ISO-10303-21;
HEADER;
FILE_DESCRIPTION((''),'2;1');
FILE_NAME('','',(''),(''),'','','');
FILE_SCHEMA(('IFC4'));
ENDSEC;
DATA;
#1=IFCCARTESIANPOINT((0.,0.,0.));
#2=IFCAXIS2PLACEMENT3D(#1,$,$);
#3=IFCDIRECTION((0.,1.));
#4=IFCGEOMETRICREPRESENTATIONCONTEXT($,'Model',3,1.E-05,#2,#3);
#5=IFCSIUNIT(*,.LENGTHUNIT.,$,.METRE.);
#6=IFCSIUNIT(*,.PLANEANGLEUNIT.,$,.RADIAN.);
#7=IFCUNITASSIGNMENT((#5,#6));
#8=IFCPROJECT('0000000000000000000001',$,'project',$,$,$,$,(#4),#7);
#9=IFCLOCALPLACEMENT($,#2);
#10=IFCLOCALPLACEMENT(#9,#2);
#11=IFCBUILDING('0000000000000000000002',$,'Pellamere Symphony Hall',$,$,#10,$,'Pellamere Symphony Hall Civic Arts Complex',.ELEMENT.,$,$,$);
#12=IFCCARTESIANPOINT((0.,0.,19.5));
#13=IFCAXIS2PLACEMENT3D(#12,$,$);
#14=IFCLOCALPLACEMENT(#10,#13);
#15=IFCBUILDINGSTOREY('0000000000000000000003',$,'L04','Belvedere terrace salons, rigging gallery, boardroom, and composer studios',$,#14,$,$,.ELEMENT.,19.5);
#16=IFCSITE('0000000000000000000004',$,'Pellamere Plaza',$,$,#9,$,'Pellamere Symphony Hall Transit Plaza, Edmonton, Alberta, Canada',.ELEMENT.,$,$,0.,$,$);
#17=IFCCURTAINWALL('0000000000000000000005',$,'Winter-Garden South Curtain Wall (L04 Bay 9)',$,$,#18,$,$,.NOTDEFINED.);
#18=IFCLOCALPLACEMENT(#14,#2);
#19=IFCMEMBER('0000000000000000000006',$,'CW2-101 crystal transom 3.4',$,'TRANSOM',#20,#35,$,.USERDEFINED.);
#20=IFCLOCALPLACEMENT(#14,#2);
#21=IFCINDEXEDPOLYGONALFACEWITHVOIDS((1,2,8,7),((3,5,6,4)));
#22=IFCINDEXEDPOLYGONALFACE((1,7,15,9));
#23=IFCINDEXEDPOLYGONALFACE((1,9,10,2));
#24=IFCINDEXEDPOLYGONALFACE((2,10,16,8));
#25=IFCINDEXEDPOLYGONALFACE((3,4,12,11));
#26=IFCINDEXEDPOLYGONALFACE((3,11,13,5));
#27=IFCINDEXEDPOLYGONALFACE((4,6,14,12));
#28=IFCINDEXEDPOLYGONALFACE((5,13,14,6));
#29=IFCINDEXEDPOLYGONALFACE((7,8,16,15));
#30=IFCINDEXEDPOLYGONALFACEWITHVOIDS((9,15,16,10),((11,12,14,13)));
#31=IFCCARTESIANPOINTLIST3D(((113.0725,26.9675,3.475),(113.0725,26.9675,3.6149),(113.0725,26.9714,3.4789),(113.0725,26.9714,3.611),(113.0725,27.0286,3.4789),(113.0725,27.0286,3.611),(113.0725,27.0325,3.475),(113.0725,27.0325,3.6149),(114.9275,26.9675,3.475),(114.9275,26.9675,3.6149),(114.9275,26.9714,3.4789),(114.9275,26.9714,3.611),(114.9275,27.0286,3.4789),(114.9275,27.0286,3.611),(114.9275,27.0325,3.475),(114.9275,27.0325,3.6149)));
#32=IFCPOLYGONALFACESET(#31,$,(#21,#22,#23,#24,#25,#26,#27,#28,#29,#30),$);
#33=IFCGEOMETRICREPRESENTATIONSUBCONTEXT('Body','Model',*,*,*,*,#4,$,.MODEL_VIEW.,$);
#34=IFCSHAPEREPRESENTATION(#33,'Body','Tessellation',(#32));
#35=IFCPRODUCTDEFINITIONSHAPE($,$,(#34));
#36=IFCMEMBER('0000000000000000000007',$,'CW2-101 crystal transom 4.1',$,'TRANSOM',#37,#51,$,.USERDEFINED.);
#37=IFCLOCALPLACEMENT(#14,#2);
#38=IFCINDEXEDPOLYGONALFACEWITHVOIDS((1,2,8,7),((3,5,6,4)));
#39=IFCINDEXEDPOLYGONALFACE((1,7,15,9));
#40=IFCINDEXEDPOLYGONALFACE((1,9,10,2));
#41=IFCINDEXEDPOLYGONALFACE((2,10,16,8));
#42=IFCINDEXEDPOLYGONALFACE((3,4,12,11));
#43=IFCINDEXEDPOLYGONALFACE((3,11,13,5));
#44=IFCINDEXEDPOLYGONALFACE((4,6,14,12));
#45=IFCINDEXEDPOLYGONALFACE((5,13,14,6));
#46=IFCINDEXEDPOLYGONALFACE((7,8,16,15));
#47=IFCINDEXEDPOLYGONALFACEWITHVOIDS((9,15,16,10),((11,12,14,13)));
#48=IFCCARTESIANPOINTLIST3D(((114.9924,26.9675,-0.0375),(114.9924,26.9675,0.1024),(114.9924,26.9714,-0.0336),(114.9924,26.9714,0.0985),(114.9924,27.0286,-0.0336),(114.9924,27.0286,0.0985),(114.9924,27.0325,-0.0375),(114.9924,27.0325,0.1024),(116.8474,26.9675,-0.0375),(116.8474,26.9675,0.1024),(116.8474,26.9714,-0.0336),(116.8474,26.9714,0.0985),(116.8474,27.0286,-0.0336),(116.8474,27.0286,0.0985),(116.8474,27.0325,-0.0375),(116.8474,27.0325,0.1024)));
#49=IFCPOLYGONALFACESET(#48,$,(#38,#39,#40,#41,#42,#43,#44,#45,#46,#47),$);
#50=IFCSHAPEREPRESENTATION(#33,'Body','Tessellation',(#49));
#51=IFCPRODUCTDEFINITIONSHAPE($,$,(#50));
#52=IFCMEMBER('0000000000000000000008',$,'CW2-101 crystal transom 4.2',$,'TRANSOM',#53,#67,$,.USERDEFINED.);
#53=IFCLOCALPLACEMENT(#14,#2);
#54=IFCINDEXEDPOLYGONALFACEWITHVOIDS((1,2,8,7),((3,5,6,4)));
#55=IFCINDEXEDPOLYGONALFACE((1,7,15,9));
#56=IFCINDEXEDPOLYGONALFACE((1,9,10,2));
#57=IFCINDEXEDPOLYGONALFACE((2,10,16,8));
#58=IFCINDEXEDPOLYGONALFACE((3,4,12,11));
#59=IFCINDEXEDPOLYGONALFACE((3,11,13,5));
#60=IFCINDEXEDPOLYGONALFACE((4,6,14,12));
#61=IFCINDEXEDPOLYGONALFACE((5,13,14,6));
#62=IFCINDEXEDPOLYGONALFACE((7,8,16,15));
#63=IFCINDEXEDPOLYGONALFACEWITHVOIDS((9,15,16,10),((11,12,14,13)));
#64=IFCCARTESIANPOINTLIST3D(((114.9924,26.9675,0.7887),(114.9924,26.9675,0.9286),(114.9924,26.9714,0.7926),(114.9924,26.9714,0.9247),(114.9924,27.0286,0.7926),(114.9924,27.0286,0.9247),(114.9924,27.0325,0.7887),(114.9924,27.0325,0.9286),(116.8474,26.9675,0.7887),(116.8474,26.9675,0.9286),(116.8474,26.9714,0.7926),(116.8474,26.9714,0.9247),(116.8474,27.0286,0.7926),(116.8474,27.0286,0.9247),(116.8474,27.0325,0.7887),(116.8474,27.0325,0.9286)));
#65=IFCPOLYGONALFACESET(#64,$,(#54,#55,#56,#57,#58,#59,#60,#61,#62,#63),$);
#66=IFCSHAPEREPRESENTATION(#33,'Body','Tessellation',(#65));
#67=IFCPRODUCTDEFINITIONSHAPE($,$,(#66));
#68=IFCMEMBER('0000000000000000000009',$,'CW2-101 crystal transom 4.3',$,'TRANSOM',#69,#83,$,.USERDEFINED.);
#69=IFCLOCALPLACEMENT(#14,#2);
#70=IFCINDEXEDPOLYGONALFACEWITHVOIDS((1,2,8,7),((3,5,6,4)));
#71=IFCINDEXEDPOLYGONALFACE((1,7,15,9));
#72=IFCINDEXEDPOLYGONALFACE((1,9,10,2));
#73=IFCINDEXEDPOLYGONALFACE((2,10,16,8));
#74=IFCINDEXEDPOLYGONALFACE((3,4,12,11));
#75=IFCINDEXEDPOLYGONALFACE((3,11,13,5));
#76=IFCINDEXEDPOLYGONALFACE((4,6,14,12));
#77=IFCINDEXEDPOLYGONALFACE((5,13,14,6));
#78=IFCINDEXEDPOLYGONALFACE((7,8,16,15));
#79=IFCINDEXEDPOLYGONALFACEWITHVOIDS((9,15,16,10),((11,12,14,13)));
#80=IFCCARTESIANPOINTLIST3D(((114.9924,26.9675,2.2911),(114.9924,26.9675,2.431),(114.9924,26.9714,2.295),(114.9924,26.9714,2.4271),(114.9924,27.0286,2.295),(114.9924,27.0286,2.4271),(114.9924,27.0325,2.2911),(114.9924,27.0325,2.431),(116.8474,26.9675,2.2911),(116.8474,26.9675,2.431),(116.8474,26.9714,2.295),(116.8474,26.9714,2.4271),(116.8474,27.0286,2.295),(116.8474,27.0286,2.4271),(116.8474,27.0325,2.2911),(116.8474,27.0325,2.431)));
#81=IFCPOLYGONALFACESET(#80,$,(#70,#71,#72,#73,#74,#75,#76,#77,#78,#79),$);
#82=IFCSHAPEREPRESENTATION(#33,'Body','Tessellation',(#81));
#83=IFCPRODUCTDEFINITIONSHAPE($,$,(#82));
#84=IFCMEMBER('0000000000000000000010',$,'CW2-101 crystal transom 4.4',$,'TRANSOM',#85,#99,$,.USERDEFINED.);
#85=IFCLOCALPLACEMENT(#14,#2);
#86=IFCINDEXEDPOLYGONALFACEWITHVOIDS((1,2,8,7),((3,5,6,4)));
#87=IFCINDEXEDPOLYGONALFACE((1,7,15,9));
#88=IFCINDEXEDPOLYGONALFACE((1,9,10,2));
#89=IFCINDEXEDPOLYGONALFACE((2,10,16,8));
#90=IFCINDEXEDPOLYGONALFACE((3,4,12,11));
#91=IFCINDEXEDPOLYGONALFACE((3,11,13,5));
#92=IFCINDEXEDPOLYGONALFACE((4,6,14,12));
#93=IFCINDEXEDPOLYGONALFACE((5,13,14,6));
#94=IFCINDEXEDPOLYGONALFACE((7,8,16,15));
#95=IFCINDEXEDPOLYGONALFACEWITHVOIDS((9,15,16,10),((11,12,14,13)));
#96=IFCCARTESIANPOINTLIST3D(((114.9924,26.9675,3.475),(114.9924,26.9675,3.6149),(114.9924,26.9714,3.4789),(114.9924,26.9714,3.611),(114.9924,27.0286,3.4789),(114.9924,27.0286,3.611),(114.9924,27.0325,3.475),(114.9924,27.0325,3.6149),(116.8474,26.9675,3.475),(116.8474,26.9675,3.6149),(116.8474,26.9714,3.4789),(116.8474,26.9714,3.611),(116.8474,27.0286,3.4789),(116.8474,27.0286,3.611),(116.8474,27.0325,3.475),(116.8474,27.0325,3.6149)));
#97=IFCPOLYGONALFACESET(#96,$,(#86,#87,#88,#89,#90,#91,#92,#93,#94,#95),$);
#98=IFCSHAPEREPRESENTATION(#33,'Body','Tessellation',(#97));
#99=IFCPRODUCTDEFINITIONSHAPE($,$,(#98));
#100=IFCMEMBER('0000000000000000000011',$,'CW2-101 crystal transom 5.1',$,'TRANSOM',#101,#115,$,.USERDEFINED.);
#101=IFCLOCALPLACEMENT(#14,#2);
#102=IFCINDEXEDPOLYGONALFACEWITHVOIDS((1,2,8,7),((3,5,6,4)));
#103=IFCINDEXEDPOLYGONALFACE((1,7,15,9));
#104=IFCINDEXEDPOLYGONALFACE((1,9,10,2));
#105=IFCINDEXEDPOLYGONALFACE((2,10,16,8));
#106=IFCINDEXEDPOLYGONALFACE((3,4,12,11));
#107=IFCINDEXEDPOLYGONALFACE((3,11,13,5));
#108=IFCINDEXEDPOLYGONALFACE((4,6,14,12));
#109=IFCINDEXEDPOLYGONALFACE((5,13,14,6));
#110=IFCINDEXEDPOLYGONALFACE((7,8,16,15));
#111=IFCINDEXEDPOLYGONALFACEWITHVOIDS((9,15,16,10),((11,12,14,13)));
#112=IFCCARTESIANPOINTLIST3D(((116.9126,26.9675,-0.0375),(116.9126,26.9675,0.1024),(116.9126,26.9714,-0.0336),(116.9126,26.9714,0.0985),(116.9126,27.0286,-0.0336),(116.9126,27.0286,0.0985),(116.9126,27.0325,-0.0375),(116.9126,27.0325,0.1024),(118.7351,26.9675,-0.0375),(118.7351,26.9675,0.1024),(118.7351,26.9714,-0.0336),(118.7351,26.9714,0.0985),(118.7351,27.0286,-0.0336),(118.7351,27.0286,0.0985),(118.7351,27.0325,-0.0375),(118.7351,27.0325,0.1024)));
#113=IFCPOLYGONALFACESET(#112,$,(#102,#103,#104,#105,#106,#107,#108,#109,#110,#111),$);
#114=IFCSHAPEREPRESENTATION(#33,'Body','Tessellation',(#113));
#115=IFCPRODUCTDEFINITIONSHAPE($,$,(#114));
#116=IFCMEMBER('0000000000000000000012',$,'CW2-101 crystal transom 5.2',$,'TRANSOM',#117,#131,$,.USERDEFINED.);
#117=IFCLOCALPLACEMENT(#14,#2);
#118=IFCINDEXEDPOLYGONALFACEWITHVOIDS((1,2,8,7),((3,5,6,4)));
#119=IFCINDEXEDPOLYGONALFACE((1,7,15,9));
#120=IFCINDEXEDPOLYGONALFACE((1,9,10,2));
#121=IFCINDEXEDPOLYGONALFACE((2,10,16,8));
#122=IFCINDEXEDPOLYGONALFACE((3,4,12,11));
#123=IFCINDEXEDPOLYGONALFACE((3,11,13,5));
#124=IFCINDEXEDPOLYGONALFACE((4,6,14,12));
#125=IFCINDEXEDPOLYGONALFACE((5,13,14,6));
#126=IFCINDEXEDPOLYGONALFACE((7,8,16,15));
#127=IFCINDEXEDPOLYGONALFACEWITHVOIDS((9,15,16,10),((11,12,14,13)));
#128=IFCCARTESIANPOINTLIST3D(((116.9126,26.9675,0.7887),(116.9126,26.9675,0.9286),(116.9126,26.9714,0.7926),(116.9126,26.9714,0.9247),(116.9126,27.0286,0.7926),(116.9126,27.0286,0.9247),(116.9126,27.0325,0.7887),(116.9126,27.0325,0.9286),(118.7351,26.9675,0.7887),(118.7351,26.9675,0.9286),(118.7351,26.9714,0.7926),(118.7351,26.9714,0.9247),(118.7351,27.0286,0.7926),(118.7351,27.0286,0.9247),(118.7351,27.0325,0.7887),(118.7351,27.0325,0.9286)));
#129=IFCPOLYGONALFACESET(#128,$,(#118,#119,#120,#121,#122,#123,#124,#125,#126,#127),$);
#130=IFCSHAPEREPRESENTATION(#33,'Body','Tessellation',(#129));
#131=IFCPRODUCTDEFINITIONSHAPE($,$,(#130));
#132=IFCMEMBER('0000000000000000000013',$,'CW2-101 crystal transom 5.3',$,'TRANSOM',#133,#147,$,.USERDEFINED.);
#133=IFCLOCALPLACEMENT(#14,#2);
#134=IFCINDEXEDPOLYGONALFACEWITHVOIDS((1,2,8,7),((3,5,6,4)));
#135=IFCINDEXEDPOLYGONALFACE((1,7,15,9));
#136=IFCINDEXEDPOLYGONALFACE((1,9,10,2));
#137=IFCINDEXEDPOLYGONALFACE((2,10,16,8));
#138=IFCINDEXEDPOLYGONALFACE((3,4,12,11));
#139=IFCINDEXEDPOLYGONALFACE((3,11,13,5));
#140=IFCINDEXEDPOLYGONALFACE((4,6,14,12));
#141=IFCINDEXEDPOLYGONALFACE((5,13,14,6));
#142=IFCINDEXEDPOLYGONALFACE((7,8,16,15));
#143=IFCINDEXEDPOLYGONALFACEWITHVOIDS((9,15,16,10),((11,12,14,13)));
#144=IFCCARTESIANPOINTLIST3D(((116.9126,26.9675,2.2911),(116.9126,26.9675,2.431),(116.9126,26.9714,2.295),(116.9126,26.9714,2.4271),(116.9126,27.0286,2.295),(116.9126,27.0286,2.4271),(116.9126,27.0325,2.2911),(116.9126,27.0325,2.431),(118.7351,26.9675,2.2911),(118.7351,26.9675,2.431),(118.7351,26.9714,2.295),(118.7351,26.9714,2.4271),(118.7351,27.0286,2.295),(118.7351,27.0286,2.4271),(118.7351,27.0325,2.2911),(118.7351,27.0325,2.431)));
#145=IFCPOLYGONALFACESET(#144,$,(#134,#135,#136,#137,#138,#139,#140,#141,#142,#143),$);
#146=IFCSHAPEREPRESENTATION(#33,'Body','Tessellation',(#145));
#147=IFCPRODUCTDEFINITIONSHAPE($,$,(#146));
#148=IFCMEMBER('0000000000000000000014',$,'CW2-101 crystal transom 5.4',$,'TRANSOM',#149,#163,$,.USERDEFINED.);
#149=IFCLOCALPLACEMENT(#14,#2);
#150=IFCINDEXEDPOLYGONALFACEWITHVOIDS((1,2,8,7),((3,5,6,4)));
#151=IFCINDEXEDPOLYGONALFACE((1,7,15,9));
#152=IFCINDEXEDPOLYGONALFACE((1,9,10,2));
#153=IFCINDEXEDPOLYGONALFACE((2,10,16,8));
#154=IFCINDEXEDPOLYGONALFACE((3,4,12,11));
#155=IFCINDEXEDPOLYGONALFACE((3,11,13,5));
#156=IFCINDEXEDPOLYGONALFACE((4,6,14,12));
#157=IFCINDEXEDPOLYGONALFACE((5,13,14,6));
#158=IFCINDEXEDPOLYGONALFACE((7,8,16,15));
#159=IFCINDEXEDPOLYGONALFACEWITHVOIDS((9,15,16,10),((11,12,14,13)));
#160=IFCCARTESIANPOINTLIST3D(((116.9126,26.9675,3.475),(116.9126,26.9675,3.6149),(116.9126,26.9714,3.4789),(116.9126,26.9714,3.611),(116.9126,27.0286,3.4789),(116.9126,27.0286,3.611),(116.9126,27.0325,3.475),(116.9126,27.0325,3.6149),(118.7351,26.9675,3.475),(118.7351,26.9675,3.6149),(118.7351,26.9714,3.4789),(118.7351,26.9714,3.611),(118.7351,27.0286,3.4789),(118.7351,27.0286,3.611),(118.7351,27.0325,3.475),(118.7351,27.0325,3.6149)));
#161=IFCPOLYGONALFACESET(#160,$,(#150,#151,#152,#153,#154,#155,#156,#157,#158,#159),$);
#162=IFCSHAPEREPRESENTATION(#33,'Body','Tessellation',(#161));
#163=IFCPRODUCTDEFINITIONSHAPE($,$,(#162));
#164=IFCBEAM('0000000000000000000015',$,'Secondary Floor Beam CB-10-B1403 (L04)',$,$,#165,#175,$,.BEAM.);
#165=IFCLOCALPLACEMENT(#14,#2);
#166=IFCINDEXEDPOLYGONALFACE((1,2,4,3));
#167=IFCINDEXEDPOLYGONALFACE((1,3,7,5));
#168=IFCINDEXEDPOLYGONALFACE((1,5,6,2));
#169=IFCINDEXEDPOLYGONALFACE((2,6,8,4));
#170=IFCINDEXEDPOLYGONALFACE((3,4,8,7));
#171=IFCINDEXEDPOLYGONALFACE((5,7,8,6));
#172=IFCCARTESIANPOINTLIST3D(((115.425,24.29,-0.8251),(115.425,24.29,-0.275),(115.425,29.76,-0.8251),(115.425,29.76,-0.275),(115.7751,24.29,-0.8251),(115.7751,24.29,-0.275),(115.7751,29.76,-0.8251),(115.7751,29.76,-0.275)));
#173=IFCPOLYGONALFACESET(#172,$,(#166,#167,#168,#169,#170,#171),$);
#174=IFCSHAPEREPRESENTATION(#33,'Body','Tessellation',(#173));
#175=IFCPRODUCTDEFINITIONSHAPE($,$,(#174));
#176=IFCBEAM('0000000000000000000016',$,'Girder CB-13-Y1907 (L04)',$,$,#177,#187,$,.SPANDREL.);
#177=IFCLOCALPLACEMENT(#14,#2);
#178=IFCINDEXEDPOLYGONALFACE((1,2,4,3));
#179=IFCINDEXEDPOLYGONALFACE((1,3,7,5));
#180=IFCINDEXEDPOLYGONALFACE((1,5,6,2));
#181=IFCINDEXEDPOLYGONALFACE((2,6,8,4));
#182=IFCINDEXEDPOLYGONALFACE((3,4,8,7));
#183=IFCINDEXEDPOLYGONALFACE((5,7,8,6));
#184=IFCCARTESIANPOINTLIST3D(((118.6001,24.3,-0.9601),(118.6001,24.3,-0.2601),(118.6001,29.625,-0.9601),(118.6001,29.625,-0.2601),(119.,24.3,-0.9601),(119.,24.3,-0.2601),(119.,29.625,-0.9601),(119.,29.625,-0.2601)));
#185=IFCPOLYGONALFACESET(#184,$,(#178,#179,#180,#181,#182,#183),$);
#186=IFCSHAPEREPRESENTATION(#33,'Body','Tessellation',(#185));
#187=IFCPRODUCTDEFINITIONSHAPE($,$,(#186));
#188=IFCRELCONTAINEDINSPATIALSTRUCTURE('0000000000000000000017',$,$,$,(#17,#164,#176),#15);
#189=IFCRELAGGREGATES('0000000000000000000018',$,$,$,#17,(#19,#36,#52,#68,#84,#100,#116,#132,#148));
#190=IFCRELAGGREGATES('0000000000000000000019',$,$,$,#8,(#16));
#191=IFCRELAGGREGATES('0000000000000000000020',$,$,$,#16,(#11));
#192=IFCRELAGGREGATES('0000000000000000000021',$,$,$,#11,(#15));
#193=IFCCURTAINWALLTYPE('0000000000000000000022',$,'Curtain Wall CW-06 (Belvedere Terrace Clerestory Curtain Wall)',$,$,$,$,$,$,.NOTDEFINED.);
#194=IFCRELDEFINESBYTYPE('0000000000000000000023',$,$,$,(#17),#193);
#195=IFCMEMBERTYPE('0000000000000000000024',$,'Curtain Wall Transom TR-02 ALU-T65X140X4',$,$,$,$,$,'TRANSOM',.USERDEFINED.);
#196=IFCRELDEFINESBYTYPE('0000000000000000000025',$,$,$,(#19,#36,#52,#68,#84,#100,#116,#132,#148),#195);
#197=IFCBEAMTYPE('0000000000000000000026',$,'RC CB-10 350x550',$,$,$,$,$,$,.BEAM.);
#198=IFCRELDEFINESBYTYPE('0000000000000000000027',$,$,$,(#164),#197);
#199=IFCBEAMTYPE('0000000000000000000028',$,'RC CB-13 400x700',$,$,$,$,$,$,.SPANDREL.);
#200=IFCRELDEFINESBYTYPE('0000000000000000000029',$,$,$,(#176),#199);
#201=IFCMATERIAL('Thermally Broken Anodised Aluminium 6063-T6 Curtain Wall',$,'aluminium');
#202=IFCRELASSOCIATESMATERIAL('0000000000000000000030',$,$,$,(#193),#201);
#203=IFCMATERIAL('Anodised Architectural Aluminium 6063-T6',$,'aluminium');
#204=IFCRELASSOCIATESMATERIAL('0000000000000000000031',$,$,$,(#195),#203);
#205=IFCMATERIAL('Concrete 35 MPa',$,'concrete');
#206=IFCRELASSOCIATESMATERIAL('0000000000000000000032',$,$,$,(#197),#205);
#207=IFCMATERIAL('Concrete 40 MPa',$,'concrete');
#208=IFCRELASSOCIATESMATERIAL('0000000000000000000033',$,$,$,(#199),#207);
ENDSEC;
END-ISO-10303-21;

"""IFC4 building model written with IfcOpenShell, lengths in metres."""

from ifc_helpers import new_model, si_unit, direction, frame, origin, origin_2d, place, context, subcontext, project, spatial, rectangle, hollow_rectangle, extrude, material, material_profile, profile_set, type_object, element, aggregate, save


model = new_model("IFC4")

# Units and contexts
model_context = context("Model", 3, precision=1e-05, world=origin(), true_north=direction((0.0, 1.0)))
body_context = subcontext(model_context, "Body", "Model", "MODEL_VIEW")
ifc_project = project(units=[si_unit("LENGTHUNIT", "METRE"), si_unit("PLANEANGLEUNIT", "RADIAN")], contexts=[model_context])

# Site, building, storey
site_placement = place(None, origin())
site = spatial("IfcSite", under=ifc_project, at=site_placement, Name="Pellamere Plaza", LongName="Pellamere Symphony Hall Transit Plaza, Edmonton, Alberta, Canada", CompositionType="ELEMENT", RefElevation=0.0)
building_placement = place(site_placement, origin())
building = spatial("IfcBuilding", under=site, at=building_placement, Name="Pellamere Symphony Hall", LongName="Pellamere Symphony Hall Civic Arts Complex", CompositionType="ELEMENT")
storey_placement = place(building_placement, frame((0.0, 0.0, 19.5)))
storey = spatial("IfcBuildingStorey", under=building, at=storey_placement, Name="L04", Description="Belvedere terrace salons, rigging gallery, boardroom, and composer studios", CompositionType="ELEMENT", Elevation=19.5)

# Curtain wall
ifc_material_1 = material(Name="Thermally Broken Anodised Aluminium 6063-T6 Curtain Wall", Category="aluminium")
curtain_wall_type_1 = type_object("IfcCurtainWallType", Name="Curtain Wall CW-06 (Belvedere Terrace Clerestory Curtain Wall)", PredefinedType="NOTDEFINED", material=ifc_material_1)
curtain_wall_1_placement = place(storey_placement, origin())
curtain_wall_1 = element("IfcCurtainWall", 1, at=curtain_wall_1_placement, inside=storey, type_object=curtain_wall_type_1, Name="Winter-Garden South Curtain Wall (L04 Bay 9)", PredefinedType="NOTDEFINED")
ifc_material_2 = material(Name="Anodised Architectural Aluminium 6063-T6", Category="aluminium")

# Members
ifc_material_profile_1 = material_profile(ifc_material_2, hollow_rectangle(XDim=0.0649, YDim=0.1399, WallThickness=0.0039, at=origin_2d()), Name="ALU-T65X140X4")
ifc_profile_set_1 = profile_set([ifc_material_profile_1], Name="Anodised Architectural Aluminium 6063-T6")
member_type_1 = type_object("IfcMemberType", Name="Curtain Wall Transom TR-02 ALU-T65X140X4", ElementType="TRANSOM", PredefinedType="USERDEFINED", material=ifc_profile_set_1)
member_1_placement = place(storey_placement, frame((113.0725, 27.0, 3.5449), z_axis=(1.0, 0.0, 0.0), x_axis=(0.0, 1.0, 0.0)))
member_1 = element("IfcMember", 2, at=member_1_placement, type_object=member_type_1, Name="CW2-101 crystal transom 3.4", ObjectType="TRANSOM", PredefinedType="USERDEFINED", context=body_context, shape_type="SweptSolid", body=[
    extrude(hollow_rectangle(XDim=0.0649, YDim=0.1399, WallThickness=0.0039, at=origin_2d()), origin(), (0.0, 0.0, 1.0), 1.855),
])
member_2_placement = place(storey_placement, frame((114.9924, 27.0, 0.0325), z_axis=(1.0, 0.0, 0.0), x_axis=(0.0, 1.0, 0.0)))
member_2 = element("IfcMember", 3, at=member_2_placement, type_object=member_type_1, Name="CW2-101 crystal transom 4.1", ObjectType="TRANSOM", PredefinedType="USERDEFINED", context=body_context, shape_type="SweptSolid", body=[
    extrude(hollow_rectangle(XDim=0.0649, YDim=0.1399, WallThickness=0.0039, at=origin_2d()), origin(), (0.0, 0.0, 1.0), 1.855),
])
member_3_placement = place(storey_placement, frame((114.9924, 27.0, 0.8586), z_axis=(1.0, 0.0, 0.0), x_axis=(0.0, 1.0, 0.0)))
member_3 = element("IfcMember", 4, at=member_3_placement, type_object=member_type_1, Name="CW2-101 crystal transom 4.2", ObjectType="TRANSOM", PredefinedType="USERDEFINED", context=body_context, shape_type="SweptSolid", body=[
    extrude(hollow_rectangle(XDim=0.0649, YDim=0.1399, WallThickness=0.0039, at=origin_2d()), origin(), (0.0, 0.0, 1.0), 1.855),
])
member_4_placement = place(storey_placement, frame((114.9924, 27.0, 2.3611), z_axis=(1.0, 0.0, 0.0), x_axis=(0.0, 1.0, 0.0)))
member_4 = element("IfcMember", 5, at=member_4_placement, type_object=member_type_1, Name="CW2-101 crystal transom 4.3", ObjectType="TRANSOM", PredefinedType="USERDEFINED", context=body_context, shape_type="SweptSolid", body=[
    extrude(hollow_rectangle(XDim=0.0649, YDim=0.1399, WallThickness=0.0039, at=origin_2d()), origin(), (0.0, 0.0, 1.0), 1.855),
])
member_5_placement = place(storey_placement, frame((114.9924, 27.0, 3.5449), z_axis=(1.0, 0.0, 0.0), x_axis=(0.0, 1.0, 0.0)))
member_5 = element("IfcMember", 6, at=member_5_placement, type_object=member_type_1, Name="CW2-101 crystal transom 4.4", ObjectType="TRANSOM", PredefinedType="USERDEFINED", context=body_context, shape_type="SweptSolid", body=[
    extrude(hollow_rectangle(XDim=0.0649, YDim=0.1399, WallThickness=0.0039, at=origin_2d()), origin(), (0.0, 0.0, 1.0), 1.855),
])
member_6_placement = place(storey_placement, frame((116.9126, 27.0, 0.0325), z_axis=(1.0, 0.0, 0.0), x_axis=(0.0, 1.0, 0.0)))
member_6 = element("IfcMember", 7, at=member_6_placement, type_object=member_type_1, Name="CW2-101 crystal transom 5.1", ObjectType="TRANSOM", PredefinedType="USERDEFINED", context=body_context, shape_type="SweptSolid", body=[
    extrude(hollow_rectangle(XDim=0.0649, YDim=0.1399, WallThickness=0.0039, at=origin_2d()), origin(), (0.0, 0.0, 1.0), 1.8225),
])
member_7_placement = place(storey_placement, frame((116.9126, 27.0, 0.8586), z_axis=(1.0, 0.0, 0.0), x_axis=(0.0, 1.0, 0.0)))
member_7 = element("IfcMember", 8, at=member_7_placement, type_object=member_type_1, Name="CW2-101 crystal transom 5.2", ObjectType="TRANSOM", PredefinedType="USERDEFINED", context=body_context, shape_type="SweptSolid", body=[
    extrude(hollow_rectangle(XDim=0.0649, YDim=0.1399, WallThickness=0.0039, at=origin_2d()), origin(), (0.0, 0.0, 1.0), 1.8225),
])
member_8_placement = place(storey_placement, frame((116.9126, 27.0, 2.3611), z_axis=(1.0, 0.0, 0.0), x_axis=(0.0, 1.0, 0.0)))
member_8 = element("IfcMember", 9, at=member_8_placement, type_object=member_type_1, Name="CW2-101 crystal transom 5.3", ObjectType="TRANSOM", PredefinedType="USERDEFINED", context=body_context, shape_type="SweptSolid", body=[
    extrude(hollow_rectangle(XDim=0.0649, YDim=0.1399, WallThickness=0.0039, at=origin_2d()), origin(), (0.0, 0.0, 1.0), 1.8225),
])
member_9_placement = place(storey_placement, frame((116.9126, 27.0, 3.5449), z_axis=(1.0, 0.0, 0.0), x_axis=(0.0, 1.0, 0.0)))
member_9 = element("IfcMember", 10, at=member_9_placement, type_object=member_type_1, Name="CW2-101 crystal transom 5.4", ObjectType="TRANSOM", PredefinedType="USERDEFINED", context=body_context, shape_type="SweptSolid", body=[
    extrude(hollow_rectangle(XDim=0.0649, YDim=0.1399, WallThickness=0.0039, at=origin_2d()), origin(), (0.0, 0.0, 1.0), 1.8225),
])

# Beams
ifc_material_3 = material(Name="Concrete 35 MPa", Category="concrete")
ifc_material_profile_2 = material_profile(ifc_material_3, rectangle(XDim=0.3501, YDim=0.55, at=origin_2d()), Name="RC 350x550")
ifc_profile_set_2 = profile_set([ifc_material_profile_2], Name="Concrete 35 MPa")
beam_type_1 = type_object("IfcBeamType", Name="RC CB-10 350x550", PredefinedType="BEAM", material=ifc_profile_set_2)
beam_1_placement = place(storey_placement, frame((115.6001, 24.29, -0.55), z_axis=(0.0, 1.0, 0.0), x_axis=(-1.0, 0.0, 0.0)))
element("IfcBeam", 11, at=beam_1_placement, inside=storey, type_object=beam_type_1, Name="Secondary Floor Beam CB-10-B1403 (L04)", PredefinedType="BEAM", context=body_context, shape_type="SweptSolid", body=[
    extrude(rectangle(XDim=0.3501, YDim=0.55, at=origin_2d()), origin(), (0.0, 0.0, 1.0), 5.47),
])
ifc_material_4 = material(Name="Concrete 40 MPa", Category="concrete")
ifc_material_profile_3 = material_profile(ifc_material_4, rectangle(XDim=0.3999, YDim=0.7, at=origin_2d()), Name="RC 400x700")
ifc_profile_set_3 = profile_set([ifc_material_profile_3], Name="Concrete 40 MPa")
beam_type_2 = type_object("IfcBeamType", Name="RC CB-13 400x700", PredefinedType="SPANDREL", material=ifc_profile_set_3)
beam_2_placement = place(storey_placement, frame((118.8, 24.3, -0.6101), z_axis=(0.0, 1.0, 0.0), x_axis=(-1.0, 0.0, 0.0)))
element("IfcBeam", 12, at=beam_2_placement, inside=storey, type_object=beam_type_2, Name="Girder CB-13-Y1907 (L04)", PredefinedType="SPANDREL", context=body_context, shape_type="SweptSolid", body=[
    extrude(rectangle(XDim=0.3999, YDim=0.7, at=origin_2d()), origin(), (0.0, 0.0, 1.0), 5.325),
])

aggregate(curtain_wall_1, [member_1, member_2, member_3, member_4, member_5, member_6, member_7, member_8, member_9])

save(model, "model.ifc")
